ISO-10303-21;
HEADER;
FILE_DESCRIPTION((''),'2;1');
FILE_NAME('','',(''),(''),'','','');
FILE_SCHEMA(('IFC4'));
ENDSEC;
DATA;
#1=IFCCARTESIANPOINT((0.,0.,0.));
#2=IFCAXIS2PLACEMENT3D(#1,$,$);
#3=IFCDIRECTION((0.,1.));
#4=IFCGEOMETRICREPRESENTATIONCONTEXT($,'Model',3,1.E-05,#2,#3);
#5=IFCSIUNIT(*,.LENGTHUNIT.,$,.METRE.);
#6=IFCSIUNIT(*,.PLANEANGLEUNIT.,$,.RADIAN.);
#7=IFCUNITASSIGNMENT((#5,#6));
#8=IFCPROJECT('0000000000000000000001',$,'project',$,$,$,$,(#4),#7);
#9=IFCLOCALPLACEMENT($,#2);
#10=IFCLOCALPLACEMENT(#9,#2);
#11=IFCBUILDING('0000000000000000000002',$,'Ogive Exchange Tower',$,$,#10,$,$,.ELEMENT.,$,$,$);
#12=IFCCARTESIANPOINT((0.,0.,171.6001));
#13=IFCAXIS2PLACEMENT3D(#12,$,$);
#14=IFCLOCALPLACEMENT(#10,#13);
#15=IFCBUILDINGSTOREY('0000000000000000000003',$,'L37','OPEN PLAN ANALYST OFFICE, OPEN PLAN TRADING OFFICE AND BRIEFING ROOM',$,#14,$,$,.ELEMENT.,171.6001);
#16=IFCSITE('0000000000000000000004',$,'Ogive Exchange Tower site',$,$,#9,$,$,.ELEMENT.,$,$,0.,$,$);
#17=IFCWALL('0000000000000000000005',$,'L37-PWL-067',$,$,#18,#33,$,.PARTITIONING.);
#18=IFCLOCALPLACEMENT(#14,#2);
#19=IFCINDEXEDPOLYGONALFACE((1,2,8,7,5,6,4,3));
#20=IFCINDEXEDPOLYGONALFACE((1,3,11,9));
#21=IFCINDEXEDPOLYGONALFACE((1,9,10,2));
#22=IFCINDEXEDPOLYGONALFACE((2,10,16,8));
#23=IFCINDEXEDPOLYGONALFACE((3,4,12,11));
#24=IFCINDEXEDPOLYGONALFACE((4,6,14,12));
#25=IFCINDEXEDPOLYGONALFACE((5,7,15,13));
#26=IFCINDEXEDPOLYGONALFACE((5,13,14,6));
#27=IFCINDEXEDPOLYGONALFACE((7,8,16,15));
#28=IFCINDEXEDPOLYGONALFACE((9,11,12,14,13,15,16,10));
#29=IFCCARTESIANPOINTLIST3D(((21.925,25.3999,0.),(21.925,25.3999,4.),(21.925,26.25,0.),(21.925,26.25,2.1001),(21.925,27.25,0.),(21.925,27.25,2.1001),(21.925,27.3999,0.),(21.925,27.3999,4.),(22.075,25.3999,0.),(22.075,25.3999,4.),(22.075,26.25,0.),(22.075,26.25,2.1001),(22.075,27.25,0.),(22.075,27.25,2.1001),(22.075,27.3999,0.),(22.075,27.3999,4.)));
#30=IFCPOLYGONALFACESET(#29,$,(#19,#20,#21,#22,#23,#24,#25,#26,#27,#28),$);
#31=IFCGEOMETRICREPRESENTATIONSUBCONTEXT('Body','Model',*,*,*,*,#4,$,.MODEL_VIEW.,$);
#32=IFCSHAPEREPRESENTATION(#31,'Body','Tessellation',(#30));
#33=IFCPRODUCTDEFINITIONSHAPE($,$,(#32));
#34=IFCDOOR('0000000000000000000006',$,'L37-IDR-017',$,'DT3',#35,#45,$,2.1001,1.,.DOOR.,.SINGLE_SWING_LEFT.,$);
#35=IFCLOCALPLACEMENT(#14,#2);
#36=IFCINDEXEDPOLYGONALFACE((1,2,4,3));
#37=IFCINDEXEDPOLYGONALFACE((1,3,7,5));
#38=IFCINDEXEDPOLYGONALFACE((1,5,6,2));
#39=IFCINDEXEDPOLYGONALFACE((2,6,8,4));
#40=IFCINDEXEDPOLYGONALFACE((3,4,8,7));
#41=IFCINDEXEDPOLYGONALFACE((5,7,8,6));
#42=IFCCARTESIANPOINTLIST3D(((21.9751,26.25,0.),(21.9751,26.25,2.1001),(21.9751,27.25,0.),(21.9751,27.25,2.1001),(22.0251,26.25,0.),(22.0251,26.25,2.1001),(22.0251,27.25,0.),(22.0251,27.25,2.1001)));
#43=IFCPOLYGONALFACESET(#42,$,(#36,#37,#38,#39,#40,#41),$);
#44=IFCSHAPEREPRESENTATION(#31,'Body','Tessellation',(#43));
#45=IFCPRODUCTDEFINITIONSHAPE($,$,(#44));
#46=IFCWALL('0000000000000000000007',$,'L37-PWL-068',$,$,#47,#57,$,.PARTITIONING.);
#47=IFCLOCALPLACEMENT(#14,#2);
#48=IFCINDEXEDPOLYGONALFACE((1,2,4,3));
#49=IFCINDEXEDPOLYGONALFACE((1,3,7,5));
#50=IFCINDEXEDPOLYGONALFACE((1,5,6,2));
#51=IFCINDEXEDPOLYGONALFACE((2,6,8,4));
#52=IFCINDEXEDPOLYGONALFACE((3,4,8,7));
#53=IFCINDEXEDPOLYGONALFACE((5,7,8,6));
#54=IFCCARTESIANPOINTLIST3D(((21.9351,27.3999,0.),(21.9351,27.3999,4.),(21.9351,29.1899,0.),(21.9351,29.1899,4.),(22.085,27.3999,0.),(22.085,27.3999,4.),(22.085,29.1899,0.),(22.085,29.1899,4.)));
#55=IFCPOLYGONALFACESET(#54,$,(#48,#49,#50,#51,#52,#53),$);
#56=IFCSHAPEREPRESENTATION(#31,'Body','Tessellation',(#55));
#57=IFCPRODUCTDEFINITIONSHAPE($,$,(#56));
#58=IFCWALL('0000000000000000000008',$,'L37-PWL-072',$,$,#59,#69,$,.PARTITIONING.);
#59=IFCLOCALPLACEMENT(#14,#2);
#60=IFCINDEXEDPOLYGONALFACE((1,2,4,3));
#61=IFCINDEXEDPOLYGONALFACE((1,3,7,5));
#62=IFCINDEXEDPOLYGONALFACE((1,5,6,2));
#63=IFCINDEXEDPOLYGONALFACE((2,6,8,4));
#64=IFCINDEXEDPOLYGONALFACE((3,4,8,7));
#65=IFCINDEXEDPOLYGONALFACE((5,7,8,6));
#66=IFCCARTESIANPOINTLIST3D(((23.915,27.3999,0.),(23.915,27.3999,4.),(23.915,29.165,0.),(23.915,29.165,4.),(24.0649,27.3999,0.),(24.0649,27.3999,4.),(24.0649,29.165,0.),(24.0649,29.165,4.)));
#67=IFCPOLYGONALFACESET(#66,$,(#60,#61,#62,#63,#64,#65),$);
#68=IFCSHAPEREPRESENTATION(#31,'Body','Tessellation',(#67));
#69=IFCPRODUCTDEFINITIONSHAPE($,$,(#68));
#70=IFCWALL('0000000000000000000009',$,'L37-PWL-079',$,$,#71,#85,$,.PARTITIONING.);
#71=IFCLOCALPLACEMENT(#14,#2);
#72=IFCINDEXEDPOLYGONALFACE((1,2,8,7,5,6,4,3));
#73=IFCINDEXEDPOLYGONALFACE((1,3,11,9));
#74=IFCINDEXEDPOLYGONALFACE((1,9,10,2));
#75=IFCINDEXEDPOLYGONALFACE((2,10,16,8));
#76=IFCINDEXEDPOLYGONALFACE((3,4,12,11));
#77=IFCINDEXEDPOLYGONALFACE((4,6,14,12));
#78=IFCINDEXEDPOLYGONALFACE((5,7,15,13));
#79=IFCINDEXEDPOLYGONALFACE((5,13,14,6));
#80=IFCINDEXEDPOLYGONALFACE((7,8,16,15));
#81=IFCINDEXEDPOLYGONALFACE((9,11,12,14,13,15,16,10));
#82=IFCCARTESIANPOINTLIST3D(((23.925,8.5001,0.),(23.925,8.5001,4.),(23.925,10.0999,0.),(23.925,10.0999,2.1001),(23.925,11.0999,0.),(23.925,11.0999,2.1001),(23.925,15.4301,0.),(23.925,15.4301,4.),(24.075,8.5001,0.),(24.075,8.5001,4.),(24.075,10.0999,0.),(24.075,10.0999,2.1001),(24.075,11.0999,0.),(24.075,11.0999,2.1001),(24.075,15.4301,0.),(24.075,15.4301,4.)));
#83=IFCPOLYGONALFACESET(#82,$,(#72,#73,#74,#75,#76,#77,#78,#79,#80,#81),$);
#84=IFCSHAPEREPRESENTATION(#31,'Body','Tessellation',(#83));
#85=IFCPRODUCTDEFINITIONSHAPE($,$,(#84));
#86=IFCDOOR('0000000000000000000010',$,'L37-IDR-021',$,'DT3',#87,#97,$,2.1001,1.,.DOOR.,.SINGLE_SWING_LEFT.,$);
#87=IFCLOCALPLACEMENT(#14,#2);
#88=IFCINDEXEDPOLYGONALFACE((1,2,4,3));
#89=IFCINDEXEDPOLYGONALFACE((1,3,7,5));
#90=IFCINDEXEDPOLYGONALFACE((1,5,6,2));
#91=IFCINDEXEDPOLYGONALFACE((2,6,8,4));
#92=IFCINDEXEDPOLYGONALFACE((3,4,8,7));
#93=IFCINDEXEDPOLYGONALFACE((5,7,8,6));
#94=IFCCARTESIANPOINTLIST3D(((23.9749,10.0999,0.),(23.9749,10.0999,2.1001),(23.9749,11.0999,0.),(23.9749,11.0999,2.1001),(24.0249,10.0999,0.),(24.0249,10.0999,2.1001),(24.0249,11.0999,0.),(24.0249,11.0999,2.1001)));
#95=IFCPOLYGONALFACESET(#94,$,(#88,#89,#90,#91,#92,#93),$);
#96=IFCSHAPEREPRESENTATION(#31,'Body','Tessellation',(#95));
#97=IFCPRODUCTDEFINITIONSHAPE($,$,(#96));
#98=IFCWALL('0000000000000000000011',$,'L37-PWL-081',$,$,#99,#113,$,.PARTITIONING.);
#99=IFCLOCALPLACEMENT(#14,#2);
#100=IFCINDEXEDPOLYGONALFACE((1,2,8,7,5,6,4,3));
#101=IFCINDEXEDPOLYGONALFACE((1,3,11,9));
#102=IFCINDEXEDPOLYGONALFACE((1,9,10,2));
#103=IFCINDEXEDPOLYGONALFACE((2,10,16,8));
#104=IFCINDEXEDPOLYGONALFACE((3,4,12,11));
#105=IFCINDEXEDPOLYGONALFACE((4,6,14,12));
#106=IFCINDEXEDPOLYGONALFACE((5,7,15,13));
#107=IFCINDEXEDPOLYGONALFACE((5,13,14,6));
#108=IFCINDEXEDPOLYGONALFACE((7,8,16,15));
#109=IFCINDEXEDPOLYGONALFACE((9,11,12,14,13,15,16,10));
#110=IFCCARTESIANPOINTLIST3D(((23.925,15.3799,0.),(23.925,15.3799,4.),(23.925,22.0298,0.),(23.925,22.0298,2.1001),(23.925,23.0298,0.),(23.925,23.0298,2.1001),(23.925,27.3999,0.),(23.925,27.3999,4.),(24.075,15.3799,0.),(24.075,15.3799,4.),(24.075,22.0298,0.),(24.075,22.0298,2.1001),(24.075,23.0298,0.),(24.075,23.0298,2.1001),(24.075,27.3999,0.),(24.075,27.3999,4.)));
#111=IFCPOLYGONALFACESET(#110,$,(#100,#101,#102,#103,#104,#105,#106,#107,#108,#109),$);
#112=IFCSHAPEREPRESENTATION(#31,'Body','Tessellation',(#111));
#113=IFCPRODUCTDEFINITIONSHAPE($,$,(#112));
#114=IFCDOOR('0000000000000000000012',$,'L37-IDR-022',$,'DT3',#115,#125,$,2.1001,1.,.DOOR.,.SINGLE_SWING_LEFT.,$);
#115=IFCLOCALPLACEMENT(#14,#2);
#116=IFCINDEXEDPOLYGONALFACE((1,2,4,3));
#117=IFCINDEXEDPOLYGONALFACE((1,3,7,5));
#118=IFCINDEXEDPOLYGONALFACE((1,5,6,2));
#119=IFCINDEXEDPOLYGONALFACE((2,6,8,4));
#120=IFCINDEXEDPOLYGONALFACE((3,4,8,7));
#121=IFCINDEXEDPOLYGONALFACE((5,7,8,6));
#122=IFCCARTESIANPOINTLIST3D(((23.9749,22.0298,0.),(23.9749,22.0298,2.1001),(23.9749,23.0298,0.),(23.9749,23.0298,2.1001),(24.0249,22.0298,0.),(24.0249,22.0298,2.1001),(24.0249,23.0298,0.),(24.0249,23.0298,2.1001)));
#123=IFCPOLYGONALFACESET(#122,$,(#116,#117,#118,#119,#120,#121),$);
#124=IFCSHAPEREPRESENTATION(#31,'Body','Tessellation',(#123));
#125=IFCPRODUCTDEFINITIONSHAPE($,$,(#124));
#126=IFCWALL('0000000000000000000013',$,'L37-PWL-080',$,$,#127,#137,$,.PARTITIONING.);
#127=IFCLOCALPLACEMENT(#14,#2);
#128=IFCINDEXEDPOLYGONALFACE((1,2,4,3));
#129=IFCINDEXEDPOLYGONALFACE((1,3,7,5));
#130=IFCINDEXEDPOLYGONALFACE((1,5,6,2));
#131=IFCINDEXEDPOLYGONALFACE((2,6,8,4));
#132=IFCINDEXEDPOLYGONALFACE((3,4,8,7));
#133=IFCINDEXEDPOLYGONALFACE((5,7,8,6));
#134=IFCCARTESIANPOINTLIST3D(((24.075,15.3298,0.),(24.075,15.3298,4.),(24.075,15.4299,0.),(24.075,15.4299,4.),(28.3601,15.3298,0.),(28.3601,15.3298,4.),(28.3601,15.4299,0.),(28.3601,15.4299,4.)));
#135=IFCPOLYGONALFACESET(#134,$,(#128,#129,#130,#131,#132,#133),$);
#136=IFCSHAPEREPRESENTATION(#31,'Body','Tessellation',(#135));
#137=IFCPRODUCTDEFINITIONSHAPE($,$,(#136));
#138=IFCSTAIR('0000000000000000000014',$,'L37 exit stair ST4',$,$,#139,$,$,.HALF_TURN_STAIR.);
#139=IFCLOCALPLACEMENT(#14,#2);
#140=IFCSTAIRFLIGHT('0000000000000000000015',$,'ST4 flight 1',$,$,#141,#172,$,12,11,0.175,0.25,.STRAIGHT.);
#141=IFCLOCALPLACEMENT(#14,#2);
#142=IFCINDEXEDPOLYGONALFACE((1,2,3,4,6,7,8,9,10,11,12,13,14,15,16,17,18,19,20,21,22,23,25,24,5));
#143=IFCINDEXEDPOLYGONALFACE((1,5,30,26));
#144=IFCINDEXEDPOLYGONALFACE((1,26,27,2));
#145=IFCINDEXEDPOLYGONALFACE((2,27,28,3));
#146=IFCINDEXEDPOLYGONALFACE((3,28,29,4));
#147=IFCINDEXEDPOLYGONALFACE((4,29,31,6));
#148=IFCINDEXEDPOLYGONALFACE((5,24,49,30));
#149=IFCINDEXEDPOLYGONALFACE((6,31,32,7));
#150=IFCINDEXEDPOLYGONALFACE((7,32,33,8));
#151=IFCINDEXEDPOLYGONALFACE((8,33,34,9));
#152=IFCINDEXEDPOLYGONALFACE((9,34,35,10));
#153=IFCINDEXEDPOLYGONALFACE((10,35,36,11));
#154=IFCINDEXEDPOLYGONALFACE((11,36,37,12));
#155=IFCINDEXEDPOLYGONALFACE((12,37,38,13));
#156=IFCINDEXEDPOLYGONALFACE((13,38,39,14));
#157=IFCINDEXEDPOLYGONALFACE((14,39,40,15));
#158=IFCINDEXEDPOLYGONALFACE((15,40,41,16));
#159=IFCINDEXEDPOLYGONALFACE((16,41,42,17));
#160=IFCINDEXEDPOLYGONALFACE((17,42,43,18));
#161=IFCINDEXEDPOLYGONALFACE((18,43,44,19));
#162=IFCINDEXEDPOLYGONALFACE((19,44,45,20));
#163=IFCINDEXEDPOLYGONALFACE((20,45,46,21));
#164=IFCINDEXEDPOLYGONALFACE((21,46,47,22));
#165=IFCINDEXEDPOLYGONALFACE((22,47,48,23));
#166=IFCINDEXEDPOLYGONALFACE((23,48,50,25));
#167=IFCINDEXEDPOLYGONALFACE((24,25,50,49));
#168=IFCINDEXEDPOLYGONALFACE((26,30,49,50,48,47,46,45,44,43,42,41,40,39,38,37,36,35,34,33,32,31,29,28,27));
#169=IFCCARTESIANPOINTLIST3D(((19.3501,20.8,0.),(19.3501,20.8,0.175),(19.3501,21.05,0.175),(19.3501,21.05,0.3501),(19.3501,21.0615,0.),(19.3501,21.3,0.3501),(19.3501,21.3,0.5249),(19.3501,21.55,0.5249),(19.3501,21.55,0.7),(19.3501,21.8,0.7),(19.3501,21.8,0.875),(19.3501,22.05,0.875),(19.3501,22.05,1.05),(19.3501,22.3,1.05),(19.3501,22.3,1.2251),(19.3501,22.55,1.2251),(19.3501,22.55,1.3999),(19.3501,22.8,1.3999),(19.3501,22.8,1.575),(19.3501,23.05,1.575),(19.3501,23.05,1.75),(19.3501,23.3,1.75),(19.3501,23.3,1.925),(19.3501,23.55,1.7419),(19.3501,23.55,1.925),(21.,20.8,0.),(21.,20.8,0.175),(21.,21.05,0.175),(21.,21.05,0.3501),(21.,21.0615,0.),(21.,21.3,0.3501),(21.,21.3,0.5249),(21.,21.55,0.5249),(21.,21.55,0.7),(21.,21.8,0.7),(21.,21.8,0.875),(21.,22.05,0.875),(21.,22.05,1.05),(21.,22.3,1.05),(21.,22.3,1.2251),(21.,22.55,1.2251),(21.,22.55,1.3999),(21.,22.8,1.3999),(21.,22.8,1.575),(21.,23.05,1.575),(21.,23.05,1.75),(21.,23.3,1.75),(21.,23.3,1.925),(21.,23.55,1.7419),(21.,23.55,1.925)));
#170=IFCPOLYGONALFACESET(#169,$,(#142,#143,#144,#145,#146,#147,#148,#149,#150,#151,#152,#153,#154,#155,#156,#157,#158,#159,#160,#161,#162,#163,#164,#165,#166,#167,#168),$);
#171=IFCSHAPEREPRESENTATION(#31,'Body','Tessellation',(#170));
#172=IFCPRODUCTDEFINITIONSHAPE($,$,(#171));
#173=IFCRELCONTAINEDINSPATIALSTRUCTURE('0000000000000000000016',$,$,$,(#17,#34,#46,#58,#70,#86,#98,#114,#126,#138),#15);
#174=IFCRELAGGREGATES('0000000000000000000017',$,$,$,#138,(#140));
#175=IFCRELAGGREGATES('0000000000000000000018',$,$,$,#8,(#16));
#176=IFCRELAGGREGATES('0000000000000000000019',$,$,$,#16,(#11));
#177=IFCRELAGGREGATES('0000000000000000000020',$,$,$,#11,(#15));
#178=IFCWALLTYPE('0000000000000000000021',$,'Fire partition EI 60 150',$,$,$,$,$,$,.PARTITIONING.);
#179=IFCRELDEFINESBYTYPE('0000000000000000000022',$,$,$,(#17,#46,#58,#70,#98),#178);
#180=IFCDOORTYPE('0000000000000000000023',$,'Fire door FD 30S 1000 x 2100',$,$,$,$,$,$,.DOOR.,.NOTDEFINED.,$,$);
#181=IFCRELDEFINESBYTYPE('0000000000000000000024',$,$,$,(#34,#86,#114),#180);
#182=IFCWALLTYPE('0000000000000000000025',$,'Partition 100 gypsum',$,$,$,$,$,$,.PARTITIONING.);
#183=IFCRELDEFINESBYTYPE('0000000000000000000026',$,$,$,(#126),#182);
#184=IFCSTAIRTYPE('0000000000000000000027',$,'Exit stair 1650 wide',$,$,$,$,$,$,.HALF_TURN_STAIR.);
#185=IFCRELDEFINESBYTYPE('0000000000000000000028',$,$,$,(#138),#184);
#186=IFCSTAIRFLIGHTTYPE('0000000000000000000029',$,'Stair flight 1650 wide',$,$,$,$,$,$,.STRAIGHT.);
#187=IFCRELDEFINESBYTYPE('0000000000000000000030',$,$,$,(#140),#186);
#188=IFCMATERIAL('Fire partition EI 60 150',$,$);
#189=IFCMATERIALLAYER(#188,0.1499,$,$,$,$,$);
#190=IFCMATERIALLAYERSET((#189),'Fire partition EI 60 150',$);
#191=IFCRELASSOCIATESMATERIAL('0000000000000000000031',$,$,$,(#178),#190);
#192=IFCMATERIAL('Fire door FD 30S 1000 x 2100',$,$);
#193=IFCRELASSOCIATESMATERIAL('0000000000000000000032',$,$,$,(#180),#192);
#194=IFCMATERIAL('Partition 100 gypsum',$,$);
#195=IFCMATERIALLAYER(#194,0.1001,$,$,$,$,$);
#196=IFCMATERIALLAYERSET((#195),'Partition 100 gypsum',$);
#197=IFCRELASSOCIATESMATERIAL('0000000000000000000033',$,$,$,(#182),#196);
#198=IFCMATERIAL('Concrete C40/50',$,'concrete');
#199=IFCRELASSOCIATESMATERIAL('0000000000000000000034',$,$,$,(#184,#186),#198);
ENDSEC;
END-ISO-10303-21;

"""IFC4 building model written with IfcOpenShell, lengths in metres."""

from ifc_helpers import new_model, si_unit, direction, frame, frame_2d, origin, place, context, subcontext, project, spatial, polyline, rectangle, outline, extrude, material, layer, layer_set, type_object, element, fill, aggregate, save


model = new_model("IFC4")

# Units and contexts
model_context = context("Model", 3, precision=1e-05, world=origin(), true_north=direction((0.0, 1.0)))
body_context = subcontext(model_context, "Body", "Model", "MODEL_VIEW")
ifc_project = project(units=[si_unit("LENGTHUNIT", "METRE"), si_unit("PLANEANGLEUNIT", "RADIAN")], contexts=[model_context])

# Site, building, storey
site_placement = place(None, origin())
site = spatial("IfcSite", under=ifc_project, at=site_placement, Name="Ogive Exchange Tower site", CompositionType="ELEMENT", RefElevation=0.0)
building_placement = place(site_placement, origin())
building = spatial("IfcBuilding", under=site, at=building_placement, Name="Ogive Exchange Tower", CompositionType="ELEMENT")
storey_placement = place(building_placement, frame((0.0, 0.0, 171.6001)))
storey = spatial("IfcBuildingStorey", under=building, at=storey_placement, Name="L37", Description="OPEN PLAN ANALYST OFFICE, OPEN PLAN TRADING OFFICE AND BRIEFING ROOM", CompositionType="ELEMENT", Elevation=171.6001)

# Wall, opening, door
ifc_material_1 = material(Name="Fire partition EI 60 150")
ifc_layer_1 = layer(ifc_material_1, 0.1499)
ifc_layer_set_1 = layer_set([ifc_layer_1], Name="Fire partition EI 60 150")
wall_type_1 = type_object("IfcWallType", Name="Fire partition EI 60 150", PredefinedType="PARTITIONING", material=ifc_layer_set_1)
wall_1_placement = place(storey_placement, frame((22.0, 25.3999, 0.0), z_axis=(0.0, 0.0, 1.0), x_axis=(0.0, 1.0, 0.0)))
wall_1 = element("IfcWall", 1, at=wall_1_placement, inside=storey, type_object=wall_type_1, Name="L37-PWL-067", PredefinedType="PARTITIONING", context=body_context, shape_type="SweptSolid", body=[
    extrude(rectangle(XDim=2.0, YDim=0.1499, at=frame_2d((1.0, 0.0))), origin(), (0.0, 0.0, 1.0), 4.0),
])
opening_1_placement = place(wall_1_placement, frame((0.8501, 0.0, 0.0)))
opening_1 = element("IfcOpeningElement", 2, at=opening_1_placement, cuts=wall_1, PredefinedType="OPENING", context=body_context, shape_type="SweptSolid", body=[
    extrude(rectangle(XDim=1.0, YDim=2.1001, at=frame_2d((0.5, 1.05))), frame((0.0, 0.085, 0.0), z_axis=(0.0, -1.0, 0.0), x_axis=(1.0, 0.0, 0.0)), (0.0, 0.0, 1.0), 0.1699),
])
ifc_material_2 = material(Name="Fire door FD 30S 1000 x 2100")
door_type = type_object("IfcDoorType", Name="Fire door FD 30S 1000 x 2100", OperationType="NOTDEFINED", PredefinedType="DOOR", material=ifc_material_2)
door_1_placement = place(opening_1_placement, origin())
door_1 = element("IfcDoor", 3, at=door_1_placement, inside=storey, type_object=door_type, Name="L37-IDR-017", ObjectType="DT3", OperationType="SINGLE_SWING_LEFT", OverallHeight=2.1001, OverallWidth=1.0, PredefinedType="DOOR", context=body_context, shape_type="SweptSolid", body=[
    extrude(rectangle(XDim=1.0, YDim=2.1001, at=frame_2d((0.5, 1.05))), frame((0.0, 0.0249, 0.0), z_axis=(0.0, -1.0, 0.0), x_axis=(1.0, 0.0, 0.0)), (0.0, 0.0, 1.0), 0.05),
])
fill(opening_1, door_1)

# Walls
wall_2_placement = place(storey_placement, frame((22.01, 27.3999, 0.0), z_axis=(0.0, 0.0, 1.0), x_axis=(0.0, 1.0, 0.0)))
element("IfcWall", 4, at=wall_2_placement, inside=storey, type_object=wall_type_1, Name="L37-PWL-068", PredefinedType="PARTITIONING", context=body_context, shape_type="SweptSolid", body=[
    extrude(rectangle(XDim=1.79, YDim=0.1499, at=frame_2d((0.895, 0.0))), origin(), (0.0, 0.0, 1.0), 4.0),
])
wall_3_placement = place(storey_placement, frame((23.99, 29.165, 0.0), z_axis=(0.0, 0.0, 1.0), x_axis=(0.0, -1.0, 0.0)))
element("IfcWall", 5, at=wall_3_placement, inside=storey, type_object=wall_type_1, Name="L37-PWL-072", PredefinedType="PARTITIONING", context=body_context, shape_type="SweptSolid", body=[
    extrude(rectangle(XDim=1.7651, YDim=0.1499, at=frame_2d((0.8826, 0.0))), origin(), (0.0, 0.0, 1.0), 4.0),
])

# Walls, openings, doors
wall_4_placement = place(storey_placement, frame((24.0, 15.4299, 0.0), z_axis=(0.0, 0.0, 1.0), x_axis=(0.0, -1.0, 0.0)))
wall_4 = element("IfcWall", 6, at=wall_4_placement, inside=storey, type_object=wall_type_1, Name="L37-PWL-079", PredefinedType="PARTITIONING", context=body_context, shape_type="SweptSolid", body=[
    extrude(rectangle(XDim=6.9299, YDim=0.1499, at=frame_2d((3.4648, 0.0))), origin(), (0.0, 0.0, 1.0), 4.0),
])
opening_2_placement = place(wall_4_placement, frame((4.3301, 0.0, 0.0)))
opening_2 = element("IfcOpeningElement", 7, at=opening_2_placement, cuts=wall_4, PredefinedType="OPENING", context=body_context, shape_type="SweptSolid", body=[
    extrude(rectangle(XDim=1.0, YDim=2.1001, at=frame_2d((0.5, 1.05))), frame((0.0, 0.085, 0.0), z_axis=(0.0, -1.0, 0.0), x_axis=(1.0, 0.0, 0.0)), (0.0, 0.0, 1.0), 0.1699),
])
door_2_placement = place(opening_2_placement, origin())
door_2 = element("IfcDoor", 8, at=door_2_placement, inside=storey, type_object=door_type, Name="L37-IDR-021", ObjectType="DT3", OperationType="SINGLE_SWING_LEFT", OverallHeight=2.1001, OverallWidth=1.0, PredefinedType="DOOR", context=body_context, shape_type="SweptSolid", body=[
    extrude(rectangle(XDim=1.0, YDim=2.1001, at=frame_2d((0.5, 1.05))), frame((0.0, 0.0249, 0.0), z_axis=(0.0, -1.0, 0.0), x_axis=(1.0, 0.0, 0.0)), (0.0, 0.0, 1.0), 0.05),
])
fill(opening_2, door_2)
wall_5_placement = place(storey_placement, frame((24.0, 27.3999, 0.0), z_axis=(0.0, 0.0, 1.0), x_axis=(0.0, -1.0, 0.0)))
wall_5 = element("IfcWall", 9, at=wall_5_placement, inside=storey, type_object=wall_type_1, Name="L37-PWL-081", PredefinedType="PARTITIONING", context=body_context, shape_type="SweptSolid", body=[
    extrude(rectangle(XDim=12.02, YDim=0.1499, at=frame_2d((6.01, 0.0))), origin(), (0.0, 0.0, 1.0), 4.0),
])
opening_3_placement = place(wall_5_placement, frame((4.3701, 0.0, 0.0)))
opening_3 = element("IfcOpeningElement", 10, at=opening_3_placement, cuts=wall_5, PredefinedType="OPENING", context=body_context, shape_type="SweptSolid", body=[
    extrude(rectangle(XDim=1.0, YDim=2.1001, at=frame_2d((0.5, 1.05))), frame((0.0, 0.085, 0.0), z_axis=(0.0, -1.0, 0.0), x_axis=(1.0, 0.0, 0.0)), (0.0, 0.0, 1.0), 0.1699),
])
door_3_placement = place(opening_3_placement, origin())
door_3 = element("IfcDoor", 11, at=door_3_placement, inside=storey, type_object=door_type, Name="L37-IDR-022", ObjectType="DT3", OperationType="SINGLE_SWING_LEFT", OverallHeight=2.1001, OverallWidth=1.0, PredefinedType="DOOR", context=body_context, shape_type="SweptSolid", body=[
    extrude(rectangle(XDim=1.0, YDim=2.1001, at=frame_2d((0.5, 1.05))), frame((0.0, 0.0249, 0.0), z_axis=(0.0, -1.0, 0.0), x_axis=(1.0, 0.0, 0.0)), (0.0, 0.0, 1.0), 0.05),
])
fill(opening_3, door_3)

# Wall
ifc_material_3 = material(Name="Partition 100 gypsum")
ifc_layer_2 = layer(ifc_material_3, 0.1001)
ifc_layer_set_2 = layer_set([ifc_layer_2], Name="Partition 100 gypsum")
wall_type_2 = type_object("IfcWallType", Name="Partition 100 gypsum", PredefinedType="PARTITIONING", material=ifc_layer_set_2)
wall_6_placement = place(storey_placement, frame((24.075, 15.3799, 0.0), z_axis=(0.0, 0.0, 1.0), x_axis=(1.0, 0.0, 0.0)))
element("IfcWall", 12, at=wall_6_placement, inside=storey, type_object=wall_type_2, Name="L37-PWL-080", PredefinedType="PARTITIONING", context=body_context, shape_type="SweptSolid", body=[
    extrude(rectangle(XDim=4.2852, YDim=0.1001, at=frame_2d((2.1426, 0.0))), origin(), (0.0, 0.0, 1.0), 4.0),
])

# Stair, stair flight
ifc_material_4 = material(Name="Concrete C40/50", Category="concrete")
stair_type = type_object("IfcStairType", Name="Exit stair 1650 wide", PredefinedType="HALF_TURN_STAIR", material=ifc_material_4)
stair_placement = place(storey_placement, origin())
stair = element("IfcStair", 13, at=stair_placement, inside=storey, type_object=stair_type, Name="L37 exit stair ST4", PredefinedType="HALF_TURN_STAIR")
stair_flight_type = type_object("IfcStairFlightType", Name="Stair flight 1650 wide", PredefinedType="STRAIGHT", material=ifc_material_4)
stair_flight_1_placement = place(storey_placement, frame((20.175, 20.8, 0.0), z_axis=(0.0, 0.0, 1.0), x_axis=(0.0, 1.0, 0.0)))
stair_flight_1 = element("IfcStairFlight", 14, at=stair_flight_1_placement, type_object=stair_flight_type, Name="ST4 flight 1", NumberOfRisers=12, NumberOfTreads=11, PredefinedType="STRAIGHT", RiserHeight=0.175, TreadLength=0.25, context=body_context, shape_type="SweptSolid", body=[
    extrude(outline(polyline([(0.0, 0.0), (0.0, 0.175), (0.25, 0.175), (0.25, 0.3501), (0.5, 0.3501), (0.5, 0.5249), (0.75, 0.5249), (0.75, 0.7), (1.0, 0.7), (1.0, 0.875), (1.25, 0.875), (1.25, 1.05), (1.5, 1.05), (1.5, 1.2251), (1.75, 1.2251), (1.75, 1.3999), (2.0, 1.3999), (2.0, 1.575), (2.25, 1.575), (2.25, 1.75), (2.5, 1.75), (2.5, 1.925), (2.75, 1.925), (2.75, 2.1001), (2.75, 1.7419), (0.2615, 0.0), (0.0, 0.0)])), frame((0.0, 0.825, 0.0), z_axis=(0.0, -1.0, 0.0), x_axis=(1.0, 0.0, 0.0)), (0.0, 0.0, 1.0), 1.6499),
])
aggregate(stair, [stair_flight_1])

save(model, "model.ifc")
